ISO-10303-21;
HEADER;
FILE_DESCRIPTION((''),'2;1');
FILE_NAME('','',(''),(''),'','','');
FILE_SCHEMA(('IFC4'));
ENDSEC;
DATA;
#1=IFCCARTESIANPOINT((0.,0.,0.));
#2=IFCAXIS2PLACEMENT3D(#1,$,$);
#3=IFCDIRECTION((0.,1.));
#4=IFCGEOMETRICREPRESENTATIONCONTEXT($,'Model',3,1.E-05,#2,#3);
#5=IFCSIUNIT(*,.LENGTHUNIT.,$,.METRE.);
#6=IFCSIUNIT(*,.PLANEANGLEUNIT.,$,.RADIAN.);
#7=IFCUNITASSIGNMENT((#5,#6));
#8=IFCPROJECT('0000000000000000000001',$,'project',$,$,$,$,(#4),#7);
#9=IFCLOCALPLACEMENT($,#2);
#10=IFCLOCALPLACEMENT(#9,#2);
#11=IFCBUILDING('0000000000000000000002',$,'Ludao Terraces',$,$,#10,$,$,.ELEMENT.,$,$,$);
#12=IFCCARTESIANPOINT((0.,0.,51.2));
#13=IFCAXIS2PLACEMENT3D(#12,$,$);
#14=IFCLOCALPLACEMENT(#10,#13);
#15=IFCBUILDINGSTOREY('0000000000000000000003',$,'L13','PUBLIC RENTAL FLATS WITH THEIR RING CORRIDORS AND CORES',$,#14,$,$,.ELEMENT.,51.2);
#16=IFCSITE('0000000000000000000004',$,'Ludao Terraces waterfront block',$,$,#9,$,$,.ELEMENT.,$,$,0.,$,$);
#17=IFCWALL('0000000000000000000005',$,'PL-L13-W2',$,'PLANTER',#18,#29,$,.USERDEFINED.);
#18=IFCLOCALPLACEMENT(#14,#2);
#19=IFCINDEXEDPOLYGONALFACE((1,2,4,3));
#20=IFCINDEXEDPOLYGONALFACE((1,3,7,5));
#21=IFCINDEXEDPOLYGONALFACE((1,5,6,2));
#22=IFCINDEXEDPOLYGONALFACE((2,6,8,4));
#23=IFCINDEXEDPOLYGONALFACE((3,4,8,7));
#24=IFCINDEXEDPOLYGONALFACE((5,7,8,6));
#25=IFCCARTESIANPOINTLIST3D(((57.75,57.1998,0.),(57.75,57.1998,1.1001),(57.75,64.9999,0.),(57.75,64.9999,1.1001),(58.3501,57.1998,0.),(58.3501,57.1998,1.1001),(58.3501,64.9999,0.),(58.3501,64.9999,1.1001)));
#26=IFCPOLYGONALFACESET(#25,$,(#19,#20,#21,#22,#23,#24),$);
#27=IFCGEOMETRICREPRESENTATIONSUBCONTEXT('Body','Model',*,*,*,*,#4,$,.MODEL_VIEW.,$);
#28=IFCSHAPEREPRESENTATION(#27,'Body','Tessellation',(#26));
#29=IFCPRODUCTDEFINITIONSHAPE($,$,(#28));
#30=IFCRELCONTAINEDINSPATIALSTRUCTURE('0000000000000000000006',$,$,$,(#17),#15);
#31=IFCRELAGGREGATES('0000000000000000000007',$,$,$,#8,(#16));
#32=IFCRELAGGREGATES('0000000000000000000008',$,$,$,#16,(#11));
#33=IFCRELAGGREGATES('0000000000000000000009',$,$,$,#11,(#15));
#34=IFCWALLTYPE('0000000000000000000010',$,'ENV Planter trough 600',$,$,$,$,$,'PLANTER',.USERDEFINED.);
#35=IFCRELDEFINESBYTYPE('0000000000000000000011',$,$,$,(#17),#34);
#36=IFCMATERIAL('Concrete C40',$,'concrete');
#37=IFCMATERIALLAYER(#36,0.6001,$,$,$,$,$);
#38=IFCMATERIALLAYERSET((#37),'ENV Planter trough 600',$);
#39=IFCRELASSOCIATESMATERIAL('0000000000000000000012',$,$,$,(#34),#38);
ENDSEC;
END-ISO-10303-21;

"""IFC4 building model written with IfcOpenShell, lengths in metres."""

from ifc_helpers import new_model, si_unit, direction, frame, frame_2d, origin, place, context, subcontext, project, spatial, rectangle, extrude, material, layer, layer_set, type_object, element, save


model = new_model("IFC4")

# Units and contexts
model_context = context("Model", 3, precision=1e-05, world=origin(), true_north=direction((0.0, 1.0)))
body_context = subcontext(model_context, "Body", "Model", "MODEL_VIEW")
ifc_project = project(units=[si_unit("LENGTHUNIT", "METRE"), si_unit("PLANEANGLEUNIT", "RADIAN")], contexts=[model_context])

# Site, building, storey
site_placement = place(None, origin())
site = spatial("IfcSite", under=ifc_project, at=site_placement, Name="Ludao Terraces waterfront block", CompositionType="ELEMENT", RefElevation=0.0)
building_placement = place(site_placement, origin())
building = spatial("IfcBuilding", under=site, at=building_placement, Name="Ludao Terraces", CompositionType="ELEMENT")
storey_placement = place(building_placement, frame((0.0, 0.0, 51.2)))
storey = spatial("IfcBuildingStorey", under=building, at=storey_placement, Name="L13", Description="PUBLIC RENTAL FLATS WITH THEIR RING CORRIDORS AND CORES", CompositionType="ELEMENT", Elevation=51.2)

# Shared definitions
ifc_material_1 = material(Name="Concrete C40", Category="concrete")

# Wall
ifc_layer_1 = layer(ifc_material_1, 0.6001)
ifc_layer_set_1 = layer_set([ifc_layer_1], Name="ENV Planter trough 600")
wall_type = type_object("IfcWallType", Name="ENV Planter trough 600", ElementType="PLANTER", PredefinedType="USERDEFINED", material=ifc_layer_set_1)
wall_placement = place(storey_placement, frame((58.05, 57.2, 0.0), z_axis=(0.0, 0.0, 1.0), x_axis=(0.0, 1.0, 0.0)))
element("IfcWall", 1, at=wall_placement, inside=storey, type_object=wall_type, Name="PL-L13-W2", ObjectType="PLANTER", PredefinedType="USERDEFINED", context=body_context, shape_type="SweptSolid", body=[
    extrude(rectangle(XDim=7.8, YDim=0.6001, at=frame_2d((3.8999, 0.0))), origin(), (0.0, 0.0, 1.0), 1.1001),
])

save(model, "model.ifc")
